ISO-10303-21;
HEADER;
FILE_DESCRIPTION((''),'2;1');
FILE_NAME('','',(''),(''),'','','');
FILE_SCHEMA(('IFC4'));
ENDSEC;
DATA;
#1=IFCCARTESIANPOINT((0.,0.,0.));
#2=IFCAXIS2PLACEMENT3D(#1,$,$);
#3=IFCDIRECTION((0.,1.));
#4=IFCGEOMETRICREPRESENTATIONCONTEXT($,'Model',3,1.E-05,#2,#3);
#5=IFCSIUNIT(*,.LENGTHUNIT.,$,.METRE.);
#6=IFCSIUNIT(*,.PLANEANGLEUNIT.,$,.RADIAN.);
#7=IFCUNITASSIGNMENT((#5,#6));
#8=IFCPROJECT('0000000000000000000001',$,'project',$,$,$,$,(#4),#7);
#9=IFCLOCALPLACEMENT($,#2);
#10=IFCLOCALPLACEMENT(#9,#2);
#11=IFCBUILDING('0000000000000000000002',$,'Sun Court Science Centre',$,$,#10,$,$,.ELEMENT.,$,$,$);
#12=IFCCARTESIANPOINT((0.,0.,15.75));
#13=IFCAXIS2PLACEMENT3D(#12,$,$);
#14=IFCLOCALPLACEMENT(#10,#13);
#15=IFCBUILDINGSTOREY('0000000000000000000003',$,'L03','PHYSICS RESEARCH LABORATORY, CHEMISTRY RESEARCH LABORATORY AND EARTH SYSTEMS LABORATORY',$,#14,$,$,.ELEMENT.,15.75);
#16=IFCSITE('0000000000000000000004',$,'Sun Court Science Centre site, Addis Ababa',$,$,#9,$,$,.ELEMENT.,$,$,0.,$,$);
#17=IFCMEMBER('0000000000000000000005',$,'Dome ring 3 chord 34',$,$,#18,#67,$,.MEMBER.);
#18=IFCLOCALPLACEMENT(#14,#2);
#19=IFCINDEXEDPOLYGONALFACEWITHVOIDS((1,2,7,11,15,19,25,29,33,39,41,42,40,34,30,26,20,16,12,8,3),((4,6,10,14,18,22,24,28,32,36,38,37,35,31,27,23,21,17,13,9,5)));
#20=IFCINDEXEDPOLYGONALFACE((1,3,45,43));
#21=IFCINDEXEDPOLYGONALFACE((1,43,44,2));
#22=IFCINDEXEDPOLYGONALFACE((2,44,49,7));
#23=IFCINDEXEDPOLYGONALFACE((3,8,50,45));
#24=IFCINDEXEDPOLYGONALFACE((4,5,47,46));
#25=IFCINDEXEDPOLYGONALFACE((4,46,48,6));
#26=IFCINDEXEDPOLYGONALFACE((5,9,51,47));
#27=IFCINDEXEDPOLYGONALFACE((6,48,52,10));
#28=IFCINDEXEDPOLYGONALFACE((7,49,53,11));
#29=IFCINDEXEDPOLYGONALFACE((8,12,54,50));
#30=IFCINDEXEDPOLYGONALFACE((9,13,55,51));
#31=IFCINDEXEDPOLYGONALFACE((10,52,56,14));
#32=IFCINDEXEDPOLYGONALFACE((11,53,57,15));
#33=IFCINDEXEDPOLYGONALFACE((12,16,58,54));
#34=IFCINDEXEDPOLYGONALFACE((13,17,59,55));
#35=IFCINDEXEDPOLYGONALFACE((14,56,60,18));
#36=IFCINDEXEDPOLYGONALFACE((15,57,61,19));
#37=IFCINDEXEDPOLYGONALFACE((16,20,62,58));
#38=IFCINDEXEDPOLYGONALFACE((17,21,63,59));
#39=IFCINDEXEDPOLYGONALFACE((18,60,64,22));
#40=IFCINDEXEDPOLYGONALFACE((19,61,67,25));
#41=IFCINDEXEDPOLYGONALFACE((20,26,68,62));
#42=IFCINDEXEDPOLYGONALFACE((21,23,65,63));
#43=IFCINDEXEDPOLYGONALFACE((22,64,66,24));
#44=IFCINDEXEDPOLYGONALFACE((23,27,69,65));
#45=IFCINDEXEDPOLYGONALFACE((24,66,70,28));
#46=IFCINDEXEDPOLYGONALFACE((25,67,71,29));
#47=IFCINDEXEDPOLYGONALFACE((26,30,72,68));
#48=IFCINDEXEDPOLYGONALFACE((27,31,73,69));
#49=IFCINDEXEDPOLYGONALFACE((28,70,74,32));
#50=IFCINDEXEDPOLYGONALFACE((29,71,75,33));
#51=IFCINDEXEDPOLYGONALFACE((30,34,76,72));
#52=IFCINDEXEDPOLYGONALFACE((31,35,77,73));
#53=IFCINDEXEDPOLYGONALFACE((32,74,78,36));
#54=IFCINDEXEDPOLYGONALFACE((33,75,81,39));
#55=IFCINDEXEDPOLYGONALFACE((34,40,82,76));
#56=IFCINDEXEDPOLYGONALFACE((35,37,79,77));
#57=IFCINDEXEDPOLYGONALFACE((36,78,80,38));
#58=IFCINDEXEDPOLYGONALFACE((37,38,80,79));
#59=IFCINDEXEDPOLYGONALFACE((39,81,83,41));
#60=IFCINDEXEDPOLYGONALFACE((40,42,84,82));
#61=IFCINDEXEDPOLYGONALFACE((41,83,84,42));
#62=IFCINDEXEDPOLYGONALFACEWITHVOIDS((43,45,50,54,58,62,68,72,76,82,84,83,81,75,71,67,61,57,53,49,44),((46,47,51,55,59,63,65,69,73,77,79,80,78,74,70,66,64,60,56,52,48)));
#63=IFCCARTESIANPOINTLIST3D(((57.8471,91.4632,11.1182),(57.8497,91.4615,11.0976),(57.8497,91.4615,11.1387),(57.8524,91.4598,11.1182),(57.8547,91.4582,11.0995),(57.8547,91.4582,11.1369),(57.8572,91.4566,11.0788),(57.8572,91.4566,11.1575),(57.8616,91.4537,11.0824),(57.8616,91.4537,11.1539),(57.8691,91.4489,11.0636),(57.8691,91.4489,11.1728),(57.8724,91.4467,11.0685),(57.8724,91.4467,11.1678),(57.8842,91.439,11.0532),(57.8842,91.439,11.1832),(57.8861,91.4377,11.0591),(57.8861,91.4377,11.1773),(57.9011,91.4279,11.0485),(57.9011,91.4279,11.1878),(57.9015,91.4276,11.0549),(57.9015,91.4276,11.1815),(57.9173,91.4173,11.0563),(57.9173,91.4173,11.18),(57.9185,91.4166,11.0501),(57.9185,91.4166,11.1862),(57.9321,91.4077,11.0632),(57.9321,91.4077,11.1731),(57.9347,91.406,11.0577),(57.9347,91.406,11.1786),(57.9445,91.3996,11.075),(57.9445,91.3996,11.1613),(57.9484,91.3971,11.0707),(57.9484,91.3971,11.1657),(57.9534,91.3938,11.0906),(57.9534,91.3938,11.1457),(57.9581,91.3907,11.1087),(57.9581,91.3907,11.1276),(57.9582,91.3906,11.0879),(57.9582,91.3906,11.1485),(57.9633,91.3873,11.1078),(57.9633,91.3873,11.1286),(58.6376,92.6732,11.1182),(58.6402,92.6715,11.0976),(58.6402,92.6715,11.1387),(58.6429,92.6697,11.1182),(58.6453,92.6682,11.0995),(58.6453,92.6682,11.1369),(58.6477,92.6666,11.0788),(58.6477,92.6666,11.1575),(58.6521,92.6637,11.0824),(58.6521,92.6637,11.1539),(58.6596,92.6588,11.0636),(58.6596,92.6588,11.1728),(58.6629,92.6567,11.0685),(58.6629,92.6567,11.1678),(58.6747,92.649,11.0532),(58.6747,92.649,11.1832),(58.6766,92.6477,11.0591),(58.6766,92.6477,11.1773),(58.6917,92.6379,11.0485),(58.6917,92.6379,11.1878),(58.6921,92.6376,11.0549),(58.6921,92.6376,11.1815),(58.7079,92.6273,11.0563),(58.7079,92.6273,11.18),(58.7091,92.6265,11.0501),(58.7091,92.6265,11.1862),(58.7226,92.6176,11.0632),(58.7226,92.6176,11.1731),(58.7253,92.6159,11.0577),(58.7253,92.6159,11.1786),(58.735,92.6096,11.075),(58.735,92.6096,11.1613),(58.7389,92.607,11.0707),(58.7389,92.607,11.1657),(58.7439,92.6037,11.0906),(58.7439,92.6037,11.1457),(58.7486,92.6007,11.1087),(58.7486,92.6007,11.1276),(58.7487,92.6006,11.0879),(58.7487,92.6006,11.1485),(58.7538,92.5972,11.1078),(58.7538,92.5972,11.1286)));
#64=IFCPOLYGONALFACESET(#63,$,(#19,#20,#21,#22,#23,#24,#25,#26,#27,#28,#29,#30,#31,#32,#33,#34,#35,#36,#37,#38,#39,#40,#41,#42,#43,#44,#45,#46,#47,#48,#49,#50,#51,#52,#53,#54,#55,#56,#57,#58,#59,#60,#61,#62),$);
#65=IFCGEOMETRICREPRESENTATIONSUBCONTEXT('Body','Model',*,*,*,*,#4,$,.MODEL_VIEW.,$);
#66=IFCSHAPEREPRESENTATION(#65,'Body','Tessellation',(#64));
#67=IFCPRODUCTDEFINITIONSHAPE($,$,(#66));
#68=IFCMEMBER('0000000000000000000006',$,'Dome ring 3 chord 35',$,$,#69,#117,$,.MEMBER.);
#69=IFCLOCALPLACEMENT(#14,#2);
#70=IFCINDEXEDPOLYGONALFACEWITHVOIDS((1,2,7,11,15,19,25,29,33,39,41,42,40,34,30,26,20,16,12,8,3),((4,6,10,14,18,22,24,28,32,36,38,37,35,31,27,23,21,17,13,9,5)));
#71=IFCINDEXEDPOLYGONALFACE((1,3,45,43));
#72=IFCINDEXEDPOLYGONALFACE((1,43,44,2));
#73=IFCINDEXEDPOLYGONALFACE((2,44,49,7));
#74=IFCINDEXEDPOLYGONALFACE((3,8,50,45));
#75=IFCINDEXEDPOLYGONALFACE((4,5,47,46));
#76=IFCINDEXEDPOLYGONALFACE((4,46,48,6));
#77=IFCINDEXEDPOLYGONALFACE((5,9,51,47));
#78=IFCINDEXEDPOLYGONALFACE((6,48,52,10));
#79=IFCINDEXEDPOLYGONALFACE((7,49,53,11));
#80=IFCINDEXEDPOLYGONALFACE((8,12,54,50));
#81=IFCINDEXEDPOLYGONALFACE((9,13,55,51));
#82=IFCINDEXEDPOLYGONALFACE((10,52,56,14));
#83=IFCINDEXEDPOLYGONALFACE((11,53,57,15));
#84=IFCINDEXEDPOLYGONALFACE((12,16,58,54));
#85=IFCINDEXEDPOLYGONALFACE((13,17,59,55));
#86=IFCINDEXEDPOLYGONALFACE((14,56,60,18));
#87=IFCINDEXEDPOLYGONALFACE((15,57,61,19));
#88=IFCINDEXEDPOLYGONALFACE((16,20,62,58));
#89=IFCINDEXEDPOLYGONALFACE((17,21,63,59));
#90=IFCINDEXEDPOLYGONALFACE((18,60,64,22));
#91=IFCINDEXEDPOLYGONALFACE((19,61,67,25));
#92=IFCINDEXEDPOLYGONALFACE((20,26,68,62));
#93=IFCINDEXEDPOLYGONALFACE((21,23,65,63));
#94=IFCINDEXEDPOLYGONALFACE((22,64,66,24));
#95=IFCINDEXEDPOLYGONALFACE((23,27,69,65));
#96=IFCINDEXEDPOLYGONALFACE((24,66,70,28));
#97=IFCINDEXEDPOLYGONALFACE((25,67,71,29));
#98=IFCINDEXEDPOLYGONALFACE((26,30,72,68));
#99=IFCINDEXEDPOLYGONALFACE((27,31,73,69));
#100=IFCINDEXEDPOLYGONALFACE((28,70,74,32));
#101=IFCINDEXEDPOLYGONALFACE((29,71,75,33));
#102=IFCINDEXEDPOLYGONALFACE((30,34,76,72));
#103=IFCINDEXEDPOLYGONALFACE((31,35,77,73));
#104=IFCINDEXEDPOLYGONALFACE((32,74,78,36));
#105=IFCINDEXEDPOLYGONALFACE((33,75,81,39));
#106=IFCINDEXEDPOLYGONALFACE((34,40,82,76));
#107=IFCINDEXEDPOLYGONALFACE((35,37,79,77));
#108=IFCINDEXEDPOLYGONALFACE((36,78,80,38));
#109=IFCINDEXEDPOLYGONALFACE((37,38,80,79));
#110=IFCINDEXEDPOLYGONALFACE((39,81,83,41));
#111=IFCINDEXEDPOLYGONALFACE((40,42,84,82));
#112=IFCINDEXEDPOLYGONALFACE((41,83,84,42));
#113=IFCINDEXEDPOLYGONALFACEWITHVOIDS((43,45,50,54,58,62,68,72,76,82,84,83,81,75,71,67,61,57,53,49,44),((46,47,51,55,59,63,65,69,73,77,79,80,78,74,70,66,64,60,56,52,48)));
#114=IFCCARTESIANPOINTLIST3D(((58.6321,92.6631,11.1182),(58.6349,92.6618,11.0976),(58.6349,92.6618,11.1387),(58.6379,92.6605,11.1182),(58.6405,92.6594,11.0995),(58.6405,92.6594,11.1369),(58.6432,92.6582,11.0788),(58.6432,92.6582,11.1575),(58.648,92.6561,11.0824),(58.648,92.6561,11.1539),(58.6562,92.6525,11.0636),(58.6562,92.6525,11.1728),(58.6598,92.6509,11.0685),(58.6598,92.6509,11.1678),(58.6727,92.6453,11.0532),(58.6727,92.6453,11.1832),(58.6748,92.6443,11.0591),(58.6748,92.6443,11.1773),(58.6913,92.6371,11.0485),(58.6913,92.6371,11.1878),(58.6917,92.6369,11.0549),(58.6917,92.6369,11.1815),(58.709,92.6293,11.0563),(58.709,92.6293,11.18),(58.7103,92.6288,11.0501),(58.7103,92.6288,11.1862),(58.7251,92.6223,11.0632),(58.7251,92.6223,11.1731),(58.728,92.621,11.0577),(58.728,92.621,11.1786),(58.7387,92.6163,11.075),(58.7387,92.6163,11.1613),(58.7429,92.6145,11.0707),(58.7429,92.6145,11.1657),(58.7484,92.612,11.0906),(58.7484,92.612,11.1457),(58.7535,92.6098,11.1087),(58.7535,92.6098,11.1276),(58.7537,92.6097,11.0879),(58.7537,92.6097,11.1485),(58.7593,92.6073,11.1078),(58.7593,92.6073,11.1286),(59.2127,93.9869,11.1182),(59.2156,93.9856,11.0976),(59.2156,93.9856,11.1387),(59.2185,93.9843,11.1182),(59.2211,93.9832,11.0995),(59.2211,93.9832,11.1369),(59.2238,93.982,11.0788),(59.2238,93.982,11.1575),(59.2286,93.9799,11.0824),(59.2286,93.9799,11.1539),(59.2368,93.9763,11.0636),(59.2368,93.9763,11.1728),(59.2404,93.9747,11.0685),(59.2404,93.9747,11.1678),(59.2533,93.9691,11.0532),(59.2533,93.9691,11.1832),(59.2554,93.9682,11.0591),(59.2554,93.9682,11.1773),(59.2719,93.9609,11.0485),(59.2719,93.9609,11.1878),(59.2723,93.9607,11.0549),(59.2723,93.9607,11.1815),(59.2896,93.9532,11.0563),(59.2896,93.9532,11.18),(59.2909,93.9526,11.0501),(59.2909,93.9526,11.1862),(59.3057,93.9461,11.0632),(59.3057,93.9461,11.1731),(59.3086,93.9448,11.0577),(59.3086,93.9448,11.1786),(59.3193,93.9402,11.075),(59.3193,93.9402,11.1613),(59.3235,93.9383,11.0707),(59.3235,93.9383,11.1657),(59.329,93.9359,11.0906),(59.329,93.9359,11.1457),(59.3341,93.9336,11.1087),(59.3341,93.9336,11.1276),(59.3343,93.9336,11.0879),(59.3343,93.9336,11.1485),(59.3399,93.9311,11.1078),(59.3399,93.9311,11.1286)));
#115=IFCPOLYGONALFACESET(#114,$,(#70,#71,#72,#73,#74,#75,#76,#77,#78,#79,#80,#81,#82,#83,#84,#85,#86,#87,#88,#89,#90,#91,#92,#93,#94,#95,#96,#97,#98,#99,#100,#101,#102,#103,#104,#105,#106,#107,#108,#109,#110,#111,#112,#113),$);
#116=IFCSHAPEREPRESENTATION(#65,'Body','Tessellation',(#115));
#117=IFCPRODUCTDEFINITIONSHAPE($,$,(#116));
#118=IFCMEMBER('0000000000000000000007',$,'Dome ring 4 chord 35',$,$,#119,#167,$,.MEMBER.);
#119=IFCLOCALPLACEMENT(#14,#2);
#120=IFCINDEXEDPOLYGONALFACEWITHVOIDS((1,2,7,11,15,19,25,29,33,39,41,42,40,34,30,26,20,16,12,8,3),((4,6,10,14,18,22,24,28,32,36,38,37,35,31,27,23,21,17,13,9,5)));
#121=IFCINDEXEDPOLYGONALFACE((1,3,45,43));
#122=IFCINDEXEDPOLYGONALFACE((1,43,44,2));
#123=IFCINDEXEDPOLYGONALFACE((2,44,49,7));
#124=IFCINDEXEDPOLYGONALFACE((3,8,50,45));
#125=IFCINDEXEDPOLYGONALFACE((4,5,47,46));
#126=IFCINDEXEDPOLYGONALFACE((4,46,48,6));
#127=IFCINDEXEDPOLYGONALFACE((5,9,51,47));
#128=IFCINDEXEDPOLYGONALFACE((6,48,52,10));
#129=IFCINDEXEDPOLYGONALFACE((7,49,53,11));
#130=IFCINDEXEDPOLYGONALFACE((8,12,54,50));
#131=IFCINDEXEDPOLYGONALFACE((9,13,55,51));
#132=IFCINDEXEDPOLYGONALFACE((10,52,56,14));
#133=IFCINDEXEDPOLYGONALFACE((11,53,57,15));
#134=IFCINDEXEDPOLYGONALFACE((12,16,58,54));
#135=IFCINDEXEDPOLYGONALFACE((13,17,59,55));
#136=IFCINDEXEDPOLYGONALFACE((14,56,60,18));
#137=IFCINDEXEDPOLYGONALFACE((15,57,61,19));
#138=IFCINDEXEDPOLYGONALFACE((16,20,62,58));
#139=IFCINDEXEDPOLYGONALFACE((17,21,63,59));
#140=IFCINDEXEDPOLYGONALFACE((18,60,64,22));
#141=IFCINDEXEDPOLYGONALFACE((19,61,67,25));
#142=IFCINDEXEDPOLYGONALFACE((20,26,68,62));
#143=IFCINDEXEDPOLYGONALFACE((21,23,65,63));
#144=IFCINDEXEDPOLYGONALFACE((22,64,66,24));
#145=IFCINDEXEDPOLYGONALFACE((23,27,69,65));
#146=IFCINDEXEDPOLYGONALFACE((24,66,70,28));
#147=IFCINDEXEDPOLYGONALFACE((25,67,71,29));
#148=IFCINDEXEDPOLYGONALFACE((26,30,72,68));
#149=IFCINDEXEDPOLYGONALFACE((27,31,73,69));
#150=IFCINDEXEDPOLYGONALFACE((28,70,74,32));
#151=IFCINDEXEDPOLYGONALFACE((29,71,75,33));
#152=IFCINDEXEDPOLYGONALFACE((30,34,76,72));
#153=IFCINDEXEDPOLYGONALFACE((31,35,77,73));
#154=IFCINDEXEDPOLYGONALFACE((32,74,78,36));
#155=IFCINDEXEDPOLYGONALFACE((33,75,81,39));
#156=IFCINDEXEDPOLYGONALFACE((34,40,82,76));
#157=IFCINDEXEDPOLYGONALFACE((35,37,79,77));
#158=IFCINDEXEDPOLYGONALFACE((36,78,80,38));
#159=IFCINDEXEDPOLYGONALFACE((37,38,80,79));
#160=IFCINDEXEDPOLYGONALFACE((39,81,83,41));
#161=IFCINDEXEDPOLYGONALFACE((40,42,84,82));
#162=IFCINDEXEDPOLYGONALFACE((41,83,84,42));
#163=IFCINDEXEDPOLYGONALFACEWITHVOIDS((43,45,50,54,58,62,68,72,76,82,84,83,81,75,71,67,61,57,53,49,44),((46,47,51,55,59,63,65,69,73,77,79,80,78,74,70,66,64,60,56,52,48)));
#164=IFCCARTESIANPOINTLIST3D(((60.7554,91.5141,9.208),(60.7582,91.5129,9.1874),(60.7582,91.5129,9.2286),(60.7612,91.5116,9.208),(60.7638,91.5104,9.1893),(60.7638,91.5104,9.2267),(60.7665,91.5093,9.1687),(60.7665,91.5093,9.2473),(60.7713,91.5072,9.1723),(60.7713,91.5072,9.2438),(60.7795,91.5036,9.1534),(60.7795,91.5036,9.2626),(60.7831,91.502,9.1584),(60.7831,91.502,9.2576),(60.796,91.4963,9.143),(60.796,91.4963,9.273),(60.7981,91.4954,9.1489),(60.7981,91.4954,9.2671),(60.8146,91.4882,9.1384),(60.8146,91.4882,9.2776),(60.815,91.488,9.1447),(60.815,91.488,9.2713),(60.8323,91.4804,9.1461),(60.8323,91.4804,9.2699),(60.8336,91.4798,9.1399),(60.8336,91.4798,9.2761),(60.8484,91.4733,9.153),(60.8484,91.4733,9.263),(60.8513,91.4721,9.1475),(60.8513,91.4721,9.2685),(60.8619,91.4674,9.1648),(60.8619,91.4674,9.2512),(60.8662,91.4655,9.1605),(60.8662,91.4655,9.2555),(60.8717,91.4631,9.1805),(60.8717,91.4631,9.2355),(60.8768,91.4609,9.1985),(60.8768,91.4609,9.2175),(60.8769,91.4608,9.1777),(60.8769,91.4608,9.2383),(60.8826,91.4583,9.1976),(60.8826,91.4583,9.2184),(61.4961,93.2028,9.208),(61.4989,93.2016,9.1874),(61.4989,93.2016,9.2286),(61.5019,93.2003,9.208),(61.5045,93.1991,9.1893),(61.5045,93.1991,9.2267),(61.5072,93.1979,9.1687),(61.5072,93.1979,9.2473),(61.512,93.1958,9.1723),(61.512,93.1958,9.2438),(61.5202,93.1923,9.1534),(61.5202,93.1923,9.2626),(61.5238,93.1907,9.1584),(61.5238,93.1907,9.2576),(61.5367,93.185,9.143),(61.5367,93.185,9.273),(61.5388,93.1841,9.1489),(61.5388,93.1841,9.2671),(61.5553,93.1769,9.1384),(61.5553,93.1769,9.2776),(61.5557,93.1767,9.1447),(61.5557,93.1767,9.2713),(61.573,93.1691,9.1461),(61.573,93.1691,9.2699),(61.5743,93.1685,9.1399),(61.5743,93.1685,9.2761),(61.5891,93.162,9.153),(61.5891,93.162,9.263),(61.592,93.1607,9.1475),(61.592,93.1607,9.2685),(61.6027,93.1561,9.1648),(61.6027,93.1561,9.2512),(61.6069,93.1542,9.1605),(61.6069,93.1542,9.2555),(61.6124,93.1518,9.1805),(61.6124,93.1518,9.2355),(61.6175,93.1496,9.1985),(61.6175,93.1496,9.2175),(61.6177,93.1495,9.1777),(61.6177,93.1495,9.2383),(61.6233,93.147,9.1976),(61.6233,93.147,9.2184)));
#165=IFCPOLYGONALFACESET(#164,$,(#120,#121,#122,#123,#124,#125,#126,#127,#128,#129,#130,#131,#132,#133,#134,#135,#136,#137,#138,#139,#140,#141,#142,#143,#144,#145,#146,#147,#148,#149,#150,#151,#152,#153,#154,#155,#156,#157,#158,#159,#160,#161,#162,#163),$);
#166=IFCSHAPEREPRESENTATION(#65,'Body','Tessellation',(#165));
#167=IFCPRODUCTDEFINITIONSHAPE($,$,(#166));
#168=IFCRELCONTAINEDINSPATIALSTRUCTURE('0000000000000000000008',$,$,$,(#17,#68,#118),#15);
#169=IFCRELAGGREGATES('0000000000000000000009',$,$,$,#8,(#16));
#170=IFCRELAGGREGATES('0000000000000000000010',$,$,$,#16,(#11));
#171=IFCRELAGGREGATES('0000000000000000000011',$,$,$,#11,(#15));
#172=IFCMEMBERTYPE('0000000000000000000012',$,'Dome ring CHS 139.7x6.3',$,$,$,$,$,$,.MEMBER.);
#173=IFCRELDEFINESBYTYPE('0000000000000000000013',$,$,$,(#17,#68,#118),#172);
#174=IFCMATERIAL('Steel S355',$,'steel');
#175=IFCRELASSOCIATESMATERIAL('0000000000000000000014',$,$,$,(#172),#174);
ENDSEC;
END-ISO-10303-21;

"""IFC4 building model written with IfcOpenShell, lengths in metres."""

from ifc_helpers import new_model, si_unit, direction, frame, origin, origin_2d, place, context, subcontext, project, spatial, hollow_circle, extrude, material, material_profile, profile_set, type_object, element, save


model = new_model("IFC4")

# Units and contexts
model_context = context("Model", 3, precision=1e-05, world=origin(), true_north=direction((0.0, 1.0)))
body_context = subcontext(model_context, "Body", "Model", "MODEL_VIEW")
ifc_project = project(units=[si_unit("LENGTHUNIT", "METRE"), si_unit("PLANEANGLEUNIT", "RADIAN")], contexts=[model_context])

# Site, building, storey
site_placement = place(None, origin())
site = spatial("IfcSite", under=ifc_project, at=site_placement, Name="Sun Court Science Centre site, Addis Ababa", CompositionType="ELEMENT", RefElevation=0.0)
building_placement = place(site_placement, origin())
building = spatial("IfcBuilding", under=site, at=building_placement, Name="Sun Court Science Centre", CompositionType="ELEMENT")
storey_placement = place(building_placement, frame((0.0, 0.0, 15.75)))
storey = spatial("IfcBuildingStorey", under=building, at=storey_placement, Name="L03", Description="PHYSICS RESEARCH LABORATORY, CHEMISTRY RESEARCH LABORATORY AND EARTH SYSTEMS LABORATORY", CompositionType="ELEMENT", Elevation=15.75)

# Members
ifc_material_1 = material(Name="Steel S355", Category="steel")
ifc_material_profile_1 = material_profile(ifc_material_1, hollow_circle(Radius=0.0698, WallThickness=0.0063, at=origin_2d()), Name="CHS 139.7x6.3")
ifc_profile_set_1 = profile_set([ifc_material_profile_1], Name="Steel S355")
member_type_1 = type_object("IfcMemberType", Name="Dome ring CHS 139.7x6.3", PredefinedType="MEMBER", material=ifc_profile_set_1)
member_1_placement = place(storey_placement, frame((57.9055, 91.425, 11.1182), z_axis=(0.546958, 0.83716, 0.0), x_axis=(-0.83716, 0.546958, 0.0)))
element("IfcMember", 1, at=member_1_placement, inside=storey, type_object=member_type_1, Name="Dome ring 3 chord 34", PredefinedType="MEMBER", context=body_context, shape_type="SweptSolid", body=[
    extrude(hollow_circle(Radius=0.0698, WallThickness=0.0063, at=origin_2d()), origin(), (0.0, 0.0, 1.0), 1.4453),
])
member_2_placement = place(storey_placement, frame((58.696, 92.635, 11.1182), z_axis=(0.401652, 0.915793, 0.0), x_axis=(-0.915793, 0.401652, 0.0)))
element("IfcMember", 2, at=member_2_placement, inside=storey, type_object=member_type_1, Name="Dome ring 3 chord 35", PredefinedType="MEMBER", context=body_context, shape_type="SweptSolid", body=[
    extrude(hollow_circle(Radius=0.0698, WallThickness=0.0063, at=origin_2d()), origin(), (0.0, 0.0, 1.0), 1.4456),
])
member_3_placement = place(storey_placement, frame((60.8193, 91.4861, 9.208), z_axis=(0.401687, 0.915777, 0.0), x_axis=(-0.915777, 0.401687, 0.0)))
element("IfcMember", 3, at=member_3_placement, inside=storey, type_object=member_type_1, Name="Dome ring 4 chord 35", PredefinedType="MEMBER", context=body_context, shape_type="SweptSolid", body=[
    extrude(hollow_circle(Radius=0.0698, WallThickness=0.0063, at=origin_2d()), origin(), (0.0, 0.0, 1.0), 1.844),
])

save(model, "model.ifc")
